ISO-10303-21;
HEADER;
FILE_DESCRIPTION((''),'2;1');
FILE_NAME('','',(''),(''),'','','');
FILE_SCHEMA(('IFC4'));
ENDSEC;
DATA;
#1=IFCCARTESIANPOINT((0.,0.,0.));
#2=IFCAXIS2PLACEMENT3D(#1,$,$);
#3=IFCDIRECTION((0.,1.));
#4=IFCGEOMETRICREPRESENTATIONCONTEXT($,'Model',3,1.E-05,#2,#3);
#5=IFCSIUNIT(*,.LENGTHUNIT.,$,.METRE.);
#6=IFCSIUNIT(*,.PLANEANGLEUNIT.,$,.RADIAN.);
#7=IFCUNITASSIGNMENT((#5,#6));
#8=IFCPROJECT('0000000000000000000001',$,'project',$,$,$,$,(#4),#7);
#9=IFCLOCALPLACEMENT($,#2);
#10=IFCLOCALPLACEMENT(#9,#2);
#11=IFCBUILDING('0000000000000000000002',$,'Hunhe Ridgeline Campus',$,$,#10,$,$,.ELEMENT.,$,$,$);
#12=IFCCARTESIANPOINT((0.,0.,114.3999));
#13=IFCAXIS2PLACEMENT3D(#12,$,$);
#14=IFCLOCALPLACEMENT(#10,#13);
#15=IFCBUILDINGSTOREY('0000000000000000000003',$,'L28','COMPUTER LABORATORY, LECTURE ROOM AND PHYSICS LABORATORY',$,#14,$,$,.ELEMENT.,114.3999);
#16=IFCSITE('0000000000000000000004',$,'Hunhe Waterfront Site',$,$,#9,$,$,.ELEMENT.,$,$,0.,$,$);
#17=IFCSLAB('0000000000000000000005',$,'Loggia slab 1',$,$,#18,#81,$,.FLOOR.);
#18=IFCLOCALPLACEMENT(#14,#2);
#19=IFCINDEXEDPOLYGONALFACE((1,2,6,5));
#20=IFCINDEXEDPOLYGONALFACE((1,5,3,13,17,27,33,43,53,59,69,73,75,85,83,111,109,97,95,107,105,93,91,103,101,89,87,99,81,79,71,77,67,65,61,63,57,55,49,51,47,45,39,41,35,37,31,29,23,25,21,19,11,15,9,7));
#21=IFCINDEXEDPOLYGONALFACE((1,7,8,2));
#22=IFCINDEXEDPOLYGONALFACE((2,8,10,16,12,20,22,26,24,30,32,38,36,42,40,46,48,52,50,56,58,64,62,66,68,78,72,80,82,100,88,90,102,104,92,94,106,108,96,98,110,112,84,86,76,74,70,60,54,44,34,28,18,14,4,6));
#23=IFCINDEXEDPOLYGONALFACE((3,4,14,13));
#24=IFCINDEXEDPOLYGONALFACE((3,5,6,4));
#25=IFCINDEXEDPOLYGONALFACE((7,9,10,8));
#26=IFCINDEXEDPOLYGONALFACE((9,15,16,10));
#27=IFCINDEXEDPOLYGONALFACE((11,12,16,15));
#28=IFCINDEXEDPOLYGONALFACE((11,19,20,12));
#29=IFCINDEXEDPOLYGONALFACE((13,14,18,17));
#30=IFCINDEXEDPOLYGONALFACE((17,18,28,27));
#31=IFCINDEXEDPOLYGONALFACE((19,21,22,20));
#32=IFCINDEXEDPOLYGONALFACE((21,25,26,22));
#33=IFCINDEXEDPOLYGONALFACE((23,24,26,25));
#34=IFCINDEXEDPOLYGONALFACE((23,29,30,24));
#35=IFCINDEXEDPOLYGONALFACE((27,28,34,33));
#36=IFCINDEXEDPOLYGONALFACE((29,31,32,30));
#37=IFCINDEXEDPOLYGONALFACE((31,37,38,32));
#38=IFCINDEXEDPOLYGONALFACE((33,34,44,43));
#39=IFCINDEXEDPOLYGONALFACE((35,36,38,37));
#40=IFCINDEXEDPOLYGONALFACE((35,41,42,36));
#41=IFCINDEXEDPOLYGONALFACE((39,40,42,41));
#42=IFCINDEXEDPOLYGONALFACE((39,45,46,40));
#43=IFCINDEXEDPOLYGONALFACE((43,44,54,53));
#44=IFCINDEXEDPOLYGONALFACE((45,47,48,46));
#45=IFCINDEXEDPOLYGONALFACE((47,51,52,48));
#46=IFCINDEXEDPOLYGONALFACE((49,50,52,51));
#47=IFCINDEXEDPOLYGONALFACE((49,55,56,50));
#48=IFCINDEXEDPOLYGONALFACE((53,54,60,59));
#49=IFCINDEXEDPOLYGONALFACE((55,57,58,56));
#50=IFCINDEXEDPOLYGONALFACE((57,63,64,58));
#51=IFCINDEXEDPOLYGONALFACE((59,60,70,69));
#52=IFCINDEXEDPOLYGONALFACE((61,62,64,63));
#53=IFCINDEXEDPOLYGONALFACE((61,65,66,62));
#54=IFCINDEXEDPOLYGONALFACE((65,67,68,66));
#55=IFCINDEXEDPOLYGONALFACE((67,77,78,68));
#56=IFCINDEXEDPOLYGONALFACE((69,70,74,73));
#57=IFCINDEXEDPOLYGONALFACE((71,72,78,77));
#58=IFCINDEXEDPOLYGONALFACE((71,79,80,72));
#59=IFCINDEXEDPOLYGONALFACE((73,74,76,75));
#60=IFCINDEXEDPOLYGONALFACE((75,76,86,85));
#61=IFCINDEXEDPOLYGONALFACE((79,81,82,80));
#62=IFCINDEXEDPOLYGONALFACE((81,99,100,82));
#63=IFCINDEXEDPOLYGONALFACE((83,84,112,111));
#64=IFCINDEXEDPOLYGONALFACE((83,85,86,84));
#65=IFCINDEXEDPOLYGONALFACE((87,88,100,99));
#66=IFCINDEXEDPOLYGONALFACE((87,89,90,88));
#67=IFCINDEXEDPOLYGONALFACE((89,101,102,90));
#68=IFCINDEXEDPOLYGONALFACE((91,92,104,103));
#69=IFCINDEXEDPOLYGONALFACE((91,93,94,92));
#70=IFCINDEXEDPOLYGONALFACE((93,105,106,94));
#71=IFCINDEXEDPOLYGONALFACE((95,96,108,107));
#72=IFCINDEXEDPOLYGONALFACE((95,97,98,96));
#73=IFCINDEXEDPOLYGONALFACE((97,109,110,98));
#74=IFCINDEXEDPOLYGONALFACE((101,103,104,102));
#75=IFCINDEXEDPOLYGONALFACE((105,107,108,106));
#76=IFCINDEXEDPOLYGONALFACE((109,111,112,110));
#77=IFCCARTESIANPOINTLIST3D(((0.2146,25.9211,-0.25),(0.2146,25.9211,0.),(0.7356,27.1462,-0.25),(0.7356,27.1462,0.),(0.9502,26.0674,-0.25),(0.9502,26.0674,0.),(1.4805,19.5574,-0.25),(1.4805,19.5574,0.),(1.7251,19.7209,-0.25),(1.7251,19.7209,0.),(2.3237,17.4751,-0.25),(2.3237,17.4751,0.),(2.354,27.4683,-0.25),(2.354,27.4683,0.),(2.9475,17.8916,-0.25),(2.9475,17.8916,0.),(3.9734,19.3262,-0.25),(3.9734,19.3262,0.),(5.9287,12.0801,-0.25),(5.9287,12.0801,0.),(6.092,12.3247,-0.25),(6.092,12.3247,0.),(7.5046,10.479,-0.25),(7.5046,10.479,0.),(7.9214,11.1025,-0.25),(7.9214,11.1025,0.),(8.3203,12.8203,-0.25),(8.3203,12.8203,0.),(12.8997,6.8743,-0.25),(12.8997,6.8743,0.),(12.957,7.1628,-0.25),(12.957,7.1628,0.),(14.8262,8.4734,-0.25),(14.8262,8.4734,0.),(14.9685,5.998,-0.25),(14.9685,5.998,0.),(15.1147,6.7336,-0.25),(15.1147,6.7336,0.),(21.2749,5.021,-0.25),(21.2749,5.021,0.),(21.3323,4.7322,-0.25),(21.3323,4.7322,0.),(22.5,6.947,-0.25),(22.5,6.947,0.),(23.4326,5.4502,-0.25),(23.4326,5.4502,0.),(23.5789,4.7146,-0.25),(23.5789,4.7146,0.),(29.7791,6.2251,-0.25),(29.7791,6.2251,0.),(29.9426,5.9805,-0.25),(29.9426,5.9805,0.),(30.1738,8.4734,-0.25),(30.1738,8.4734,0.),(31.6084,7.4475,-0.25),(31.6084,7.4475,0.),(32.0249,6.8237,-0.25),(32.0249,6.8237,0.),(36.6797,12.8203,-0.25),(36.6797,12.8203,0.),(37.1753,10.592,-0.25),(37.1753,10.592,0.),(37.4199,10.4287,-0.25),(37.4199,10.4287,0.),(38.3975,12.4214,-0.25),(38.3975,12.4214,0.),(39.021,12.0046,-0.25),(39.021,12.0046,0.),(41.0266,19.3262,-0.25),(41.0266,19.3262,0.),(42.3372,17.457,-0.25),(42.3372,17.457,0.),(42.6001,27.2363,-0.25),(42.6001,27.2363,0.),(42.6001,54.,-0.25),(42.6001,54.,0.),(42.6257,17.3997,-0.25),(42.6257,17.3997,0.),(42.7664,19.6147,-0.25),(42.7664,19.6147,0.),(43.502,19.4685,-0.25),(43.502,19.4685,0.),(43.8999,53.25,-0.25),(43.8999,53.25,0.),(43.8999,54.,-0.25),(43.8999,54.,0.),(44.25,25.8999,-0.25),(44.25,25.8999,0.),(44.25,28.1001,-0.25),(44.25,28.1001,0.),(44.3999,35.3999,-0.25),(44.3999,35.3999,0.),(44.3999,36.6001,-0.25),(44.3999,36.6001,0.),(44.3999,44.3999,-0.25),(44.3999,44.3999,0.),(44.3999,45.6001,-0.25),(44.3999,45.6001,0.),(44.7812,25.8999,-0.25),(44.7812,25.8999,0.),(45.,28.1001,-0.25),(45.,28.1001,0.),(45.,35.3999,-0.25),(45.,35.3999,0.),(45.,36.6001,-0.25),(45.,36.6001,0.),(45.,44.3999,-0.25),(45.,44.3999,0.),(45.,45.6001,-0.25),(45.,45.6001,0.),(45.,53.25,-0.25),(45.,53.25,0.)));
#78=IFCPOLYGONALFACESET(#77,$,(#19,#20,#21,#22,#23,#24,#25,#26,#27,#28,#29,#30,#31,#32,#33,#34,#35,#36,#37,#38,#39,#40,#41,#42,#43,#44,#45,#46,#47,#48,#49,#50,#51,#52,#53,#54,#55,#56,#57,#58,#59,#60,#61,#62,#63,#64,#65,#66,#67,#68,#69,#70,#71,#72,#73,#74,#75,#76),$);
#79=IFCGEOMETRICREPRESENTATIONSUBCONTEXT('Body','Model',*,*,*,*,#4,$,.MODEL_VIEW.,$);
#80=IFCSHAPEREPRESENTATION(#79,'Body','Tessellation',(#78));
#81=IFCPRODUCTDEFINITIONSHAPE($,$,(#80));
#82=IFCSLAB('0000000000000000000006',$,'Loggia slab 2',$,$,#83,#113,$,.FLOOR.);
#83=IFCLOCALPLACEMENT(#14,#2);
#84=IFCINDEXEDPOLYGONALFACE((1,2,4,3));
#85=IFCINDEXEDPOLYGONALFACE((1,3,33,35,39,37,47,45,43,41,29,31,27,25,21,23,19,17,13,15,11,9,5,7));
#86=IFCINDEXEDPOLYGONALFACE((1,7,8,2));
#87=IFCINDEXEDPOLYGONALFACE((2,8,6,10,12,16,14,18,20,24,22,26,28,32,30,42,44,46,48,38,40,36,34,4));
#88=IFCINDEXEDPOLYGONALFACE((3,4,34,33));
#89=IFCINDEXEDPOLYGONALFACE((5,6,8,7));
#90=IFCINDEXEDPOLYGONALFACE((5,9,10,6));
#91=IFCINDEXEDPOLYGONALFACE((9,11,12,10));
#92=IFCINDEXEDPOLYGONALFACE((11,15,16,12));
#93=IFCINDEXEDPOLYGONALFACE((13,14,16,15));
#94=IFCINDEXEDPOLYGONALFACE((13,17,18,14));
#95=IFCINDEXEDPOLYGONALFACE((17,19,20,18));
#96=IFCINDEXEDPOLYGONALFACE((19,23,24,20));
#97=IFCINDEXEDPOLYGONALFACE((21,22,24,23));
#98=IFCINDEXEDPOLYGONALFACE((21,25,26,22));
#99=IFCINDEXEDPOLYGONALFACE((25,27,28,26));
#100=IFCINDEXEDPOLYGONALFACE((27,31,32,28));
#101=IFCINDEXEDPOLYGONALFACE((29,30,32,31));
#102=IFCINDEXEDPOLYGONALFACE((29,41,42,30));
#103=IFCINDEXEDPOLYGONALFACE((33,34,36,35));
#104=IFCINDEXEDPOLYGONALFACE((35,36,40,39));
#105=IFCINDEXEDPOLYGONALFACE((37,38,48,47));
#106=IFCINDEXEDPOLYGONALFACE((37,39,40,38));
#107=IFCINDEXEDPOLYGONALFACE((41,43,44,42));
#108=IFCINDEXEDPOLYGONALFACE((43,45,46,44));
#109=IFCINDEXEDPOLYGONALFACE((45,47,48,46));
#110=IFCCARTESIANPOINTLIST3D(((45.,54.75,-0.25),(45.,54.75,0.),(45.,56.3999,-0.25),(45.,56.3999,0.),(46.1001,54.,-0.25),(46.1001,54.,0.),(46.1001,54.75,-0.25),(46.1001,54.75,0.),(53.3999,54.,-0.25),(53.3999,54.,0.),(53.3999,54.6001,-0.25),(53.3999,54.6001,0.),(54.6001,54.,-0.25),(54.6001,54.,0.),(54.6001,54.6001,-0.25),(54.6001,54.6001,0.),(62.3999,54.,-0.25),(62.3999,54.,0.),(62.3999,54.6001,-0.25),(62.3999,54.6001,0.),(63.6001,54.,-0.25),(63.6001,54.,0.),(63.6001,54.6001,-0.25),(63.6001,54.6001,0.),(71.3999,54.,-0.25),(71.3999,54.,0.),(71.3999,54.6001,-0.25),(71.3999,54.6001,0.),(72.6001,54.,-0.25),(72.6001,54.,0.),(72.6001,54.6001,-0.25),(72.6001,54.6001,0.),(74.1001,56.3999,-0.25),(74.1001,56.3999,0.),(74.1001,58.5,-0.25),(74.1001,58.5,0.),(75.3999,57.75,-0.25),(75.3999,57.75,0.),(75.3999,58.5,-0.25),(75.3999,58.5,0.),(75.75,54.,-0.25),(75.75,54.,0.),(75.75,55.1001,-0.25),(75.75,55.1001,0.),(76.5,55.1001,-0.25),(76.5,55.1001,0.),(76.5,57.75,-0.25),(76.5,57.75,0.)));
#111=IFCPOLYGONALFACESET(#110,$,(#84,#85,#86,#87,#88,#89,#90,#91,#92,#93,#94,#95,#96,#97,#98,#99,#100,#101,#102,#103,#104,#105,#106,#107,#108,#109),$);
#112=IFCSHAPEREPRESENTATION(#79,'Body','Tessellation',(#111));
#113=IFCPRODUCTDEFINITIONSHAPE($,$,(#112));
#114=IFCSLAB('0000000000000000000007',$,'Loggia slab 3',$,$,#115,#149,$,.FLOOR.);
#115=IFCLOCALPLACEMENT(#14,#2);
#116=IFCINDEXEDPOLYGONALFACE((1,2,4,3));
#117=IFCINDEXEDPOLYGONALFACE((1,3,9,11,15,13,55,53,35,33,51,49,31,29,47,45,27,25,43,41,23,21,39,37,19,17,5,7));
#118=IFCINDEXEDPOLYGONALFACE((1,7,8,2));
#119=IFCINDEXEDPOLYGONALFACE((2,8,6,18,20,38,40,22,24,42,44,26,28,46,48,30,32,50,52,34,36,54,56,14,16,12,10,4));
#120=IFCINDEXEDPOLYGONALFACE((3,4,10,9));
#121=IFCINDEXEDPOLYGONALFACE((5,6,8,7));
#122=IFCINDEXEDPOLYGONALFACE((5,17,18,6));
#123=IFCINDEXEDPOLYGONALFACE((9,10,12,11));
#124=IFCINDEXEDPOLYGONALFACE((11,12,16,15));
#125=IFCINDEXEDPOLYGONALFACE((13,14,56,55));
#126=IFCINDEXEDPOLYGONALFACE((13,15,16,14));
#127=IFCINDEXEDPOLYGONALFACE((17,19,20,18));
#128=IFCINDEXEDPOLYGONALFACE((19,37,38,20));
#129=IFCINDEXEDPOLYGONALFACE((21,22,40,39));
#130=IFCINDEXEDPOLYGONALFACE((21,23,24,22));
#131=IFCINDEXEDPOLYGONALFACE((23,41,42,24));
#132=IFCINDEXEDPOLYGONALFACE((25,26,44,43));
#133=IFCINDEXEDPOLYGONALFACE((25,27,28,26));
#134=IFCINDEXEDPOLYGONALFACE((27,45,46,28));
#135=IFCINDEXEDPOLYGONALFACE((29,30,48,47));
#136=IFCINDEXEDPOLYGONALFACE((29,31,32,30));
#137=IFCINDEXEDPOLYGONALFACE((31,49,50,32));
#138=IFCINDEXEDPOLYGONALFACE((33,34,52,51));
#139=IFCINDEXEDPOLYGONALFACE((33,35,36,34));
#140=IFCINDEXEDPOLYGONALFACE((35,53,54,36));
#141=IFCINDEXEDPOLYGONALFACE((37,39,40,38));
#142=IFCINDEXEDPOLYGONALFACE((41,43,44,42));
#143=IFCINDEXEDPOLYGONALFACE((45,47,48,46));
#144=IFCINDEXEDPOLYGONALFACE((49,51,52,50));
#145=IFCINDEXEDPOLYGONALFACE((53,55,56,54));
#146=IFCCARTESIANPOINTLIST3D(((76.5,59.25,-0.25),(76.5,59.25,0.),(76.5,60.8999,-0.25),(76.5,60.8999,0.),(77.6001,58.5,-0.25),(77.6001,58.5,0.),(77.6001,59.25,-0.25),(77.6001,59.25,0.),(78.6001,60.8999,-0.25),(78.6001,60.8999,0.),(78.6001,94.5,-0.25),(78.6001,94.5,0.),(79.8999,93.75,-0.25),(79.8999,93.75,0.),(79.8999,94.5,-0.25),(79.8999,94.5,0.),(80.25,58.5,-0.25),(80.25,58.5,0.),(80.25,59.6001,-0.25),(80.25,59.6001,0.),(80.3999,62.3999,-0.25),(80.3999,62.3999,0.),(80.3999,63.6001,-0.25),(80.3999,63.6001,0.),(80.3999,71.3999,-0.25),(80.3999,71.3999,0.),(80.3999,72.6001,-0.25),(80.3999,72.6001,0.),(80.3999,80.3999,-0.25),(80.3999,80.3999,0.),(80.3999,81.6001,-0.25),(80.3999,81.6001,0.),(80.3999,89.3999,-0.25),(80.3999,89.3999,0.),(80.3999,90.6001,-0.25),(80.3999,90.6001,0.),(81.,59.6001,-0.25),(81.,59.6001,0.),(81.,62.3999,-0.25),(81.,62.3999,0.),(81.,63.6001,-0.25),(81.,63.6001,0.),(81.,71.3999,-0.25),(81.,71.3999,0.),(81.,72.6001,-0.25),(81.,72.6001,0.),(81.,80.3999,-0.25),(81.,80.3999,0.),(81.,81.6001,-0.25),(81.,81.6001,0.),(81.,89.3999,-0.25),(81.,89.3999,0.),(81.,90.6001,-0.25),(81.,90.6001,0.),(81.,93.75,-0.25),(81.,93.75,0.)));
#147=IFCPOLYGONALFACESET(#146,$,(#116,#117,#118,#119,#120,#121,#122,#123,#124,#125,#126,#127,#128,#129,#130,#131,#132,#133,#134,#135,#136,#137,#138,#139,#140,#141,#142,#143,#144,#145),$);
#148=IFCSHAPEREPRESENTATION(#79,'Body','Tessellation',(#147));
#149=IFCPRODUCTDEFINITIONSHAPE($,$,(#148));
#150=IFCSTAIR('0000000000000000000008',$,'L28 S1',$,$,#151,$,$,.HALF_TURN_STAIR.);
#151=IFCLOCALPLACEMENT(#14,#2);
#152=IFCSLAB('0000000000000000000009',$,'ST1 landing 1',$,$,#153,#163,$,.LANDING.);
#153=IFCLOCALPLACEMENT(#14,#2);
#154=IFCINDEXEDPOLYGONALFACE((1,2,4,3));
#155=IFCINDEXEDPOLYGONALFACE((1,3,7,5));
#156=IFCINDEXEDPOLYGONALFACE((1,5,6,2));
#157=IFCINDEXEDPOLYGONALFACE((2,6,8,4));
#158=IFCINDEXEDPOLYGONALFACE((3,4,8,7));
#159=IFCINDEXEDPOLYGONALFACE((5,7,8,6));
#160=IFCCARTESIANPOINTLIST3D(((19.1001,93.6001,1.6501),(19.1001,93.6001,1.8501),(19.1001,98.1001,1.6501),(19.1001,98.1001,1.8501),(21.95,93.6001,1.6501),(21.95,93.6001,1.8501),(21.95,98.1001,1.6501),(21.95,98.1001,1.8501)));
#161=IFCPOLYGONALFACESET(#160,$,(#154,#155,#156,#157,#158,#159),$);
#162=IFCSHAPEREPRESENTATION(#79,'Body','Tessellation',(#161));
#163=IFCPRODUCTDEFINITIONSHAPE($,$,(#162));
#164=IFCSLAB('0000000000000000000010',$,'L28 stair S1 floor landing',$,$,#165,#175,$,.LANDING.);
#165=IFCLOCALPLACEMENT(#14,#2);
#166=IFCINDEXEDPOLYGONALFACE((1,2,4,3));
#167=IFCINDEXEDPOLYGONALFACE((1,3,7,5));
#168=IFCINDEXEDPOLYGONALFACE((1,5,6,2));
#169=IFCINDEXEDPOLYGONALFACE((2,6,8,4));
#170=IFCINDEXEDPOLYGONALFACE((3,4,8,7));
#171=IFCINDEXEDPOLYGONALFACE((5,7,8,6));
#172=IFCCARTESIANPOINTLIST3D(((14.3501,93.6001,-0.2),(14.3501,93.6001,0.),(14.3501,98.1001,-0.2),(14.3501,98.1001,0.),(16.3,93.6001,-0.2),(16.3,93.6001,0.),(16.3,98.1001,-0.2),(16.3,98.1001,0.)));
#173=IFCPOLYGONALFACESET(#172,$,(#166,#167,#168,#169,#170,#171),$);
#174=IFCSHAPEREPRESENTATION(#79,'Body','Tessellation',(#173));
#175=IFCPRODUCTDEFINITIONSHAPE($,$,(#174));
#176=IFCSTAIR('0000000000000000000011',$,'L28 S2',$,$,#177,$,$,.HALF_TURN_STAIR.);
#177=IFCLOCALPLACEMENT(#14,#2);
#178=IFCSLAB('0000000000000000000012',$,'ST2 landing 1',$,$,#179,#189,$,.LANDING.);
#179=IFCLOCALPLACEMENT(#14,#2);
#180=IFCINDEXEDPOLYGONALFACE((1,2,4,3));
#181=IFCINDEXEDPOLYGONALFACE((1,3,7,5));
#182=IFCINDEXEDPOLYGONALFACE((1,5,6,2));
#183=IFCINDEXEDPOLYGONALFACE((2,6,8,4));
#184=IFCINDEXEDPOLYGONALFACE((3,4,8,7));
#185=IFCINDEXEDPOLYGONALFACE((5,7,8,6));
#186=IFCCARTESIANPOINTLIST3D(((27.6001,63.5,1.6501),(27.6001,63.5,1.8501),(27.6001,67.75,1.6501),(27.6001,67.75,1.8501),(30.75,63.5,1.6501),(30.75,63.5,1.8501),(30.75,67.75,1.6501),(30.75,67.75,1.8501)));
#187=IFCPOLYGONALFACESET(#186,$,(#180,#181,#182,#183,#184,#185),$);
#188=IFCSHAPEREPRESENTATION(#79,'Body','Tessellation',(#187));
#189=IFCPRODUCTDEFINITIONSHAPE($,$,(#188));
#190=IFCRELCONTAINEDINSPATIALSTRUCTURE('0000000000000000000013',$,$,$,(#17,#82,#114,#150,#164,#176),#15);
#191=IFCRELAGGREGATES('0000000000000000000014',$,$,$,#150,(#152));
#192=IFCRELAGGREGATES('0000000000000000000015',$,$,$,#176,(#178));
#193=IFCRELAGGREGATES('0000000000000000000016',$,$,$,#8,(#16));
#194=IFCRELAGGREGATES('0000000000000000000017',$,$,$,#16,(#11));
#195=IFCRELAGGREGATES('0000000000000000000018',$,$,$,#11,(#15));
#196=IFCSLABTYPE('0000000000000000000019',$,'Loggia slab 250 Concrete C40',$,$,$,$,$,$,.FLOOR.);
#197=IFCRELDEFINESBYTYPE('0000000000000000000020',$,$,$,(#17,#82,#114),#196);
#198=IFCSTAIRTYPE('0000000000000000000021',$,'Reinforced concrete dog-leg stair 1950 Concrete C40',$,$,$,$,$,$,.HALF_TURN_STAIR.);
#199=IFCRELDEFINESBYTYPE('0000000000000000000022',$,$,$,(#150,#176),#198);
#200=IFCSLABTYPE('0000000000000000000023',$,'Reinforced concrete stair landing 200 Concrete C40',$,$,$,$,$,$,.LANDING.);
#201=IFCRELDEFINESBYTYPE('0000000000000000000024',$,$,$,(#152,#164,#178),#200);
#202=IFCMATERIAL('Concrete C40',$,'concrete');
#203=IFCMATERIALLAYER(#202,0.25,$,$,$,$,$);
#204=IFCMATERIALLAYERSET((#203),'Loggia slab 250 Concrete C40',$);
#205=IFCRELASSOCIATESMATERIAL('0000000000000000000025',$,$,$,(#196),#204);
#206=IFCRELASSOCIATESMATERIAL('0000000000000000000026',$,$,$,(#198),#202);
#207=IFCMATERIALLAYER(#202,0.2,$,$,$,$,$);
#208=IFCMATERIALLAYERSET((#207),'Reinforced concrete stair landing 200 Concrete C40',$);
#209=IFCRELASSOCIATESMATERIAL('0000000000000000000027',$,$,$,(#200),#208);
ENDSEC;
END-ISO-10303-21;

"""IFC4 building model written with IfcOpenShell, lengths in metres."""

from ifc_helpers import new_model, si_unit, direction, frame, origin, place, context, subcontext, project, spatial, polyline, outline, extrude, material, layer, layer_set, type_object, element, aggregate, save


model = new_model("IFC4")

# Units and contexts
model_context = context("Model", 3, precision=1e-05, world=origin(), true_north=direction((0.0, 1.0)))
body_context = subcontext(model_context, "Body", "Model", "MODEL_VIEW")
ifc_project = project(units=[si_unit("LENGTHUNIT", "METRE"), si_unit("PLANEANGLEUNIT", "RADIAN")], contexts=[model_context])

# Site, building, storey
site_placement = place(None, origin())
site = spatial("IfcSite", under=ifc_project, at=site_placement, Name="Hunhe Waterfront Site", CompositionType="ELEMENT", RefElevation=0.0)
building_placement = place(site_placement, origin())
building = spatial("IfcBuilding", under=site, at=building_placement, Name="Hunhe Ridgeline Campus", CompositionType="ELEMENT")
storey_placement = place(building_placement, frame((0.0, 0.0, 114.3999)))
storey = spatial("IfcBuildingStorey", under=building, at=storey_placement, Name="L28", Description="COMPUTER LABORATORY, LECTURE ROOM AND PHYSICS LABORATORY", CompositionType="ELEMENT", Elevation=114.3999)

# Slabs
ifc_material_1 = material(Name="Concrete C40", Category="concrete")
ifc_layer_1 = layer(ifc_material_1, 0.25)
ifc_layer_set_1 = layer_set([ifc_layer_1], Name="Loggia slab 250 Concrete C40")
slab_type_1 = type_object("IfcSlabType", Name="Loggia slab 250 Concrete C40", PredefinedType="FLOOR", material=ifc_layer_set_1)
slab_1_placement = place(storey_placement, frame((0.0, 0.0, -0.25)))
element("IfcSlab", 1, at=slab_1_placement, inside=storey, type_object=slab_type_1, Name="Loggia slab 1", PredefinedType="FLOOR", context=body_context, shape_type="SweptSolid", body=[
    extrude(outline(polyline([(30.1738, 8.4734), (22.5, 6.947), (14.8262, 8.4734), (8.3203, 12.8203), (3.9734, 19.3262), (2.354, 27.4683), (0.7356, 27.1462), (0.9502, 26.0674), (0.2146, 25.9211), (1.4805, 19.5574), (1.7251, 19.7209), (2.9475, 17.8916), (2.3237, 17.4751), (5.9287, 12.0801), (6.092, 12.3247), (7.9214, 11.1025), (7.5046, 10.479), (12.8997, 6.8743), (12.957, 7.1628), (15.1147, 6.7336), (14.9685, 5.998), (21.3323, 4.7322), (21.2749, 5.021), (23.4326, 5.4502), (23.5789, 4.7146), (29.9426, 5.9805), (29.7791, 6.2251), (31.6084, 7.4475), (32.0249, 6.8237), (37.4199, 10.4287), (37.1753, 10.592), (38.3975, 12.4214), (39.021, 12.0046), (42.6257, 17.3997), (42.3372, 17.457), (42.7664, 19.6147), (43.502, 19.4685), (44.7812, 25.8999), (44.25, 25.8999), (44.25, 28.1001), (45.0, 28.1001), (45.0, 35.3999), (44.3999, 35.3999), (44.3999, 36.6001), (45.0, 36.6001), (45.0, 44.3999), (44.3999, 44.3999), (44.3999, 45.6001), (45.0, 45.6001), (45.0, 53.25), (43.8999, 53.25), (43.8999, 54.0), (42.6001, 54.0), (42.6001, 27.2363), (41.0266, 19.3262), (36.6797, 12.8203), (30.1738, 8.4734)])), origin(), (0.0, 0.0, 1.0), 0.25),
])
slab_2_placement = place(storey_placement, frame((0.0, 0.0, -0.25)))
element("IfcSlab", 2, at=slab_2_placement, inside=storey, type_object=slab_type_1, Name="Loggia slab 2", PredefinedType="FLOOR", context=body_context, shape_type="SweptSolid", body=[
    extrude(outline(polyline([(45.0, 54.75), (46.1001, 54.75), (46.1001, 54.0), (53.3999, 54.0), (53.3999, 54.6001), (54.6001, 54.6001), (54.6001, 54.0), (62.3999, 54.0), (62.3999, 54.6001), (63.6001, 54.6001), (63.6001, 54.0), (71.3999, 54.0), (71.3999, 54.6001), (72.6001, 54.6001), (72.6001, 54.0), (75.75, 54.0), (75.75, 55.1001), (76.5, 55.1001), (76.5, 57.75), (75.3999, 57.75), (75.3999, 58.5), (74.1001, 58.5), (74.1001, 56.3999), (45.0, 56.3999), (45.0, 54.75)])), origin(), (0.0, 0.0, 1.0), 0.25),
])
slab_3_placement = place(storey_placement, frame((0.0, 0.0, -0.25)))
element("IfcSlab", 3, at=slab_3_placement, inside=storey, type_object=slab_type_1, Name="Loggia slab 3", PredefinedType="FLOOR", context=body_context, shape_type="SweptSolid", body=[
    extrude(outline(polyline([(76.5, 59.25), (77.6001, 59.25), (77.6001, 58.5), (80.25, 58.5), (80.25, 59.6001), (81.0, 59.6001), (81.0, 62.3999), (80.3999, 62.3999), (80.3999, 63.6001), (81.0, 63.6001), (81.0, 71.3999), (80.3999, 71.3999), (80.3999, 72.6001), (81.0, 72.6001), (81.0, 80.3999), (80.3999, 80.3999), (80.3999, 81.6001), (81.0, 81.6001), (81.0, 89.3999), (80.3999, 89.3999), (80.3999, 90.6001), (81.0, 90.6001), (81.0, 93.75), (79.8999, 93.75), (79.8999, 94.5), (78.6001, 94.5), (78.6001, 60.8999), (76.5, 60.8999), (76.5, 59.25)])), origin(), (0.0, 0.0, 1.0), 0.25),
])

# Stair, slab
stair_type = type_object("IfcStairType", Name="Reinforced concrete dog-leg stair 1950 Concrete C40", PredefinedType="HALF_TURN_STAIR", material=ifc_material_1)
stair_1_placement = place(storey_placement, origin())
stair_1 = element("IfcStair", 4, at=stair_1_placement, inside=storey, type_object=stair_type, Name="L28 S1", PredefinedType="HALF_TURN_STAIR")
ifc_layer_2 = layer(ifc_material_1, 0.2)
ifc_layer_set_2 = layer_set([ifc_layer_2], Name="Reinforced concrete stair landing 200 Concrete C40")
slab_type_2 = type_object("IfcSlabType", Name="Reinforced concrete stair landing 200 Concrete C40", PredefinedType="LANDING", material=ifc_layer_set_2)
slab_4_placement = place(storey_placement, frame((0.0, 0.0, 1.6501)))
slab_4 = element("IfcSlab", 5, at=slab_4_placement, type_object=slab_type_2, Name="ST1 landing 1", PredefinedType="LANDING", context=body_context, shape_type="SweptSolid", body=[
    extrude(outline(polyline([(19.1001, 93.6001), (21.95, 93.6001), (21.95, 98.1001), (19.1001, 98.1001), (19.1001, 93.6001)])), origin(), (0.0, 0.0, 1.0), 0.2),
])
aggregate(stair_1, [slab_4])

# Slab
slab_5_placement = place(storey_placement, frame((0.0, 0.0, -0.2)))
element("IfcSlab", 6, at=slab_5_placement, inside=storey, type_object=slab_type_2, Name="L28 stair S1 floor landing", PredefinedType="LANDING", context=body_context, shape_type="SweptSolid", body=[
    extrude(outline(polyline([(14.3501, 93.6001), (16.3, 93.6001), (16.3, 98.1001), (14.3501, 98.1001), (14.3501, 93.6001)])), origin(), (0.0, 0.0, 1.0), 0.2),
])

# Stair, slab
stair_2_placement = place(storey_placement, origin())
stair_2 = element("IfcStair", 7, at=stair_2_placement, inside=storey, type_object=stair_type, Name="L28 S2", PredefinedType="HALF_TURN_STAIR")
slab_6_placement = place(storey_placement, frame((0.0, 0.0, 1.6501)))
slab_6 = element("IfcSlab", 8, at=slab_6_placement, type_object=slab_type_2, Name="ST2 landing 1", PredefinedType="LANDING", context=body_context, shape_type="SweptSolid", body=[
    extrude(outline(polyline([(30.75, 67.75), (27.6001, 67.75), (27.6001, 63.5), (30.75, 63.5), (30.75, 67.75)])), origin(), (0.0, 0.0, 1.0), 0.2),
])
aggregate(stair_2, [slab_6])

save(model, "model.ifc")
